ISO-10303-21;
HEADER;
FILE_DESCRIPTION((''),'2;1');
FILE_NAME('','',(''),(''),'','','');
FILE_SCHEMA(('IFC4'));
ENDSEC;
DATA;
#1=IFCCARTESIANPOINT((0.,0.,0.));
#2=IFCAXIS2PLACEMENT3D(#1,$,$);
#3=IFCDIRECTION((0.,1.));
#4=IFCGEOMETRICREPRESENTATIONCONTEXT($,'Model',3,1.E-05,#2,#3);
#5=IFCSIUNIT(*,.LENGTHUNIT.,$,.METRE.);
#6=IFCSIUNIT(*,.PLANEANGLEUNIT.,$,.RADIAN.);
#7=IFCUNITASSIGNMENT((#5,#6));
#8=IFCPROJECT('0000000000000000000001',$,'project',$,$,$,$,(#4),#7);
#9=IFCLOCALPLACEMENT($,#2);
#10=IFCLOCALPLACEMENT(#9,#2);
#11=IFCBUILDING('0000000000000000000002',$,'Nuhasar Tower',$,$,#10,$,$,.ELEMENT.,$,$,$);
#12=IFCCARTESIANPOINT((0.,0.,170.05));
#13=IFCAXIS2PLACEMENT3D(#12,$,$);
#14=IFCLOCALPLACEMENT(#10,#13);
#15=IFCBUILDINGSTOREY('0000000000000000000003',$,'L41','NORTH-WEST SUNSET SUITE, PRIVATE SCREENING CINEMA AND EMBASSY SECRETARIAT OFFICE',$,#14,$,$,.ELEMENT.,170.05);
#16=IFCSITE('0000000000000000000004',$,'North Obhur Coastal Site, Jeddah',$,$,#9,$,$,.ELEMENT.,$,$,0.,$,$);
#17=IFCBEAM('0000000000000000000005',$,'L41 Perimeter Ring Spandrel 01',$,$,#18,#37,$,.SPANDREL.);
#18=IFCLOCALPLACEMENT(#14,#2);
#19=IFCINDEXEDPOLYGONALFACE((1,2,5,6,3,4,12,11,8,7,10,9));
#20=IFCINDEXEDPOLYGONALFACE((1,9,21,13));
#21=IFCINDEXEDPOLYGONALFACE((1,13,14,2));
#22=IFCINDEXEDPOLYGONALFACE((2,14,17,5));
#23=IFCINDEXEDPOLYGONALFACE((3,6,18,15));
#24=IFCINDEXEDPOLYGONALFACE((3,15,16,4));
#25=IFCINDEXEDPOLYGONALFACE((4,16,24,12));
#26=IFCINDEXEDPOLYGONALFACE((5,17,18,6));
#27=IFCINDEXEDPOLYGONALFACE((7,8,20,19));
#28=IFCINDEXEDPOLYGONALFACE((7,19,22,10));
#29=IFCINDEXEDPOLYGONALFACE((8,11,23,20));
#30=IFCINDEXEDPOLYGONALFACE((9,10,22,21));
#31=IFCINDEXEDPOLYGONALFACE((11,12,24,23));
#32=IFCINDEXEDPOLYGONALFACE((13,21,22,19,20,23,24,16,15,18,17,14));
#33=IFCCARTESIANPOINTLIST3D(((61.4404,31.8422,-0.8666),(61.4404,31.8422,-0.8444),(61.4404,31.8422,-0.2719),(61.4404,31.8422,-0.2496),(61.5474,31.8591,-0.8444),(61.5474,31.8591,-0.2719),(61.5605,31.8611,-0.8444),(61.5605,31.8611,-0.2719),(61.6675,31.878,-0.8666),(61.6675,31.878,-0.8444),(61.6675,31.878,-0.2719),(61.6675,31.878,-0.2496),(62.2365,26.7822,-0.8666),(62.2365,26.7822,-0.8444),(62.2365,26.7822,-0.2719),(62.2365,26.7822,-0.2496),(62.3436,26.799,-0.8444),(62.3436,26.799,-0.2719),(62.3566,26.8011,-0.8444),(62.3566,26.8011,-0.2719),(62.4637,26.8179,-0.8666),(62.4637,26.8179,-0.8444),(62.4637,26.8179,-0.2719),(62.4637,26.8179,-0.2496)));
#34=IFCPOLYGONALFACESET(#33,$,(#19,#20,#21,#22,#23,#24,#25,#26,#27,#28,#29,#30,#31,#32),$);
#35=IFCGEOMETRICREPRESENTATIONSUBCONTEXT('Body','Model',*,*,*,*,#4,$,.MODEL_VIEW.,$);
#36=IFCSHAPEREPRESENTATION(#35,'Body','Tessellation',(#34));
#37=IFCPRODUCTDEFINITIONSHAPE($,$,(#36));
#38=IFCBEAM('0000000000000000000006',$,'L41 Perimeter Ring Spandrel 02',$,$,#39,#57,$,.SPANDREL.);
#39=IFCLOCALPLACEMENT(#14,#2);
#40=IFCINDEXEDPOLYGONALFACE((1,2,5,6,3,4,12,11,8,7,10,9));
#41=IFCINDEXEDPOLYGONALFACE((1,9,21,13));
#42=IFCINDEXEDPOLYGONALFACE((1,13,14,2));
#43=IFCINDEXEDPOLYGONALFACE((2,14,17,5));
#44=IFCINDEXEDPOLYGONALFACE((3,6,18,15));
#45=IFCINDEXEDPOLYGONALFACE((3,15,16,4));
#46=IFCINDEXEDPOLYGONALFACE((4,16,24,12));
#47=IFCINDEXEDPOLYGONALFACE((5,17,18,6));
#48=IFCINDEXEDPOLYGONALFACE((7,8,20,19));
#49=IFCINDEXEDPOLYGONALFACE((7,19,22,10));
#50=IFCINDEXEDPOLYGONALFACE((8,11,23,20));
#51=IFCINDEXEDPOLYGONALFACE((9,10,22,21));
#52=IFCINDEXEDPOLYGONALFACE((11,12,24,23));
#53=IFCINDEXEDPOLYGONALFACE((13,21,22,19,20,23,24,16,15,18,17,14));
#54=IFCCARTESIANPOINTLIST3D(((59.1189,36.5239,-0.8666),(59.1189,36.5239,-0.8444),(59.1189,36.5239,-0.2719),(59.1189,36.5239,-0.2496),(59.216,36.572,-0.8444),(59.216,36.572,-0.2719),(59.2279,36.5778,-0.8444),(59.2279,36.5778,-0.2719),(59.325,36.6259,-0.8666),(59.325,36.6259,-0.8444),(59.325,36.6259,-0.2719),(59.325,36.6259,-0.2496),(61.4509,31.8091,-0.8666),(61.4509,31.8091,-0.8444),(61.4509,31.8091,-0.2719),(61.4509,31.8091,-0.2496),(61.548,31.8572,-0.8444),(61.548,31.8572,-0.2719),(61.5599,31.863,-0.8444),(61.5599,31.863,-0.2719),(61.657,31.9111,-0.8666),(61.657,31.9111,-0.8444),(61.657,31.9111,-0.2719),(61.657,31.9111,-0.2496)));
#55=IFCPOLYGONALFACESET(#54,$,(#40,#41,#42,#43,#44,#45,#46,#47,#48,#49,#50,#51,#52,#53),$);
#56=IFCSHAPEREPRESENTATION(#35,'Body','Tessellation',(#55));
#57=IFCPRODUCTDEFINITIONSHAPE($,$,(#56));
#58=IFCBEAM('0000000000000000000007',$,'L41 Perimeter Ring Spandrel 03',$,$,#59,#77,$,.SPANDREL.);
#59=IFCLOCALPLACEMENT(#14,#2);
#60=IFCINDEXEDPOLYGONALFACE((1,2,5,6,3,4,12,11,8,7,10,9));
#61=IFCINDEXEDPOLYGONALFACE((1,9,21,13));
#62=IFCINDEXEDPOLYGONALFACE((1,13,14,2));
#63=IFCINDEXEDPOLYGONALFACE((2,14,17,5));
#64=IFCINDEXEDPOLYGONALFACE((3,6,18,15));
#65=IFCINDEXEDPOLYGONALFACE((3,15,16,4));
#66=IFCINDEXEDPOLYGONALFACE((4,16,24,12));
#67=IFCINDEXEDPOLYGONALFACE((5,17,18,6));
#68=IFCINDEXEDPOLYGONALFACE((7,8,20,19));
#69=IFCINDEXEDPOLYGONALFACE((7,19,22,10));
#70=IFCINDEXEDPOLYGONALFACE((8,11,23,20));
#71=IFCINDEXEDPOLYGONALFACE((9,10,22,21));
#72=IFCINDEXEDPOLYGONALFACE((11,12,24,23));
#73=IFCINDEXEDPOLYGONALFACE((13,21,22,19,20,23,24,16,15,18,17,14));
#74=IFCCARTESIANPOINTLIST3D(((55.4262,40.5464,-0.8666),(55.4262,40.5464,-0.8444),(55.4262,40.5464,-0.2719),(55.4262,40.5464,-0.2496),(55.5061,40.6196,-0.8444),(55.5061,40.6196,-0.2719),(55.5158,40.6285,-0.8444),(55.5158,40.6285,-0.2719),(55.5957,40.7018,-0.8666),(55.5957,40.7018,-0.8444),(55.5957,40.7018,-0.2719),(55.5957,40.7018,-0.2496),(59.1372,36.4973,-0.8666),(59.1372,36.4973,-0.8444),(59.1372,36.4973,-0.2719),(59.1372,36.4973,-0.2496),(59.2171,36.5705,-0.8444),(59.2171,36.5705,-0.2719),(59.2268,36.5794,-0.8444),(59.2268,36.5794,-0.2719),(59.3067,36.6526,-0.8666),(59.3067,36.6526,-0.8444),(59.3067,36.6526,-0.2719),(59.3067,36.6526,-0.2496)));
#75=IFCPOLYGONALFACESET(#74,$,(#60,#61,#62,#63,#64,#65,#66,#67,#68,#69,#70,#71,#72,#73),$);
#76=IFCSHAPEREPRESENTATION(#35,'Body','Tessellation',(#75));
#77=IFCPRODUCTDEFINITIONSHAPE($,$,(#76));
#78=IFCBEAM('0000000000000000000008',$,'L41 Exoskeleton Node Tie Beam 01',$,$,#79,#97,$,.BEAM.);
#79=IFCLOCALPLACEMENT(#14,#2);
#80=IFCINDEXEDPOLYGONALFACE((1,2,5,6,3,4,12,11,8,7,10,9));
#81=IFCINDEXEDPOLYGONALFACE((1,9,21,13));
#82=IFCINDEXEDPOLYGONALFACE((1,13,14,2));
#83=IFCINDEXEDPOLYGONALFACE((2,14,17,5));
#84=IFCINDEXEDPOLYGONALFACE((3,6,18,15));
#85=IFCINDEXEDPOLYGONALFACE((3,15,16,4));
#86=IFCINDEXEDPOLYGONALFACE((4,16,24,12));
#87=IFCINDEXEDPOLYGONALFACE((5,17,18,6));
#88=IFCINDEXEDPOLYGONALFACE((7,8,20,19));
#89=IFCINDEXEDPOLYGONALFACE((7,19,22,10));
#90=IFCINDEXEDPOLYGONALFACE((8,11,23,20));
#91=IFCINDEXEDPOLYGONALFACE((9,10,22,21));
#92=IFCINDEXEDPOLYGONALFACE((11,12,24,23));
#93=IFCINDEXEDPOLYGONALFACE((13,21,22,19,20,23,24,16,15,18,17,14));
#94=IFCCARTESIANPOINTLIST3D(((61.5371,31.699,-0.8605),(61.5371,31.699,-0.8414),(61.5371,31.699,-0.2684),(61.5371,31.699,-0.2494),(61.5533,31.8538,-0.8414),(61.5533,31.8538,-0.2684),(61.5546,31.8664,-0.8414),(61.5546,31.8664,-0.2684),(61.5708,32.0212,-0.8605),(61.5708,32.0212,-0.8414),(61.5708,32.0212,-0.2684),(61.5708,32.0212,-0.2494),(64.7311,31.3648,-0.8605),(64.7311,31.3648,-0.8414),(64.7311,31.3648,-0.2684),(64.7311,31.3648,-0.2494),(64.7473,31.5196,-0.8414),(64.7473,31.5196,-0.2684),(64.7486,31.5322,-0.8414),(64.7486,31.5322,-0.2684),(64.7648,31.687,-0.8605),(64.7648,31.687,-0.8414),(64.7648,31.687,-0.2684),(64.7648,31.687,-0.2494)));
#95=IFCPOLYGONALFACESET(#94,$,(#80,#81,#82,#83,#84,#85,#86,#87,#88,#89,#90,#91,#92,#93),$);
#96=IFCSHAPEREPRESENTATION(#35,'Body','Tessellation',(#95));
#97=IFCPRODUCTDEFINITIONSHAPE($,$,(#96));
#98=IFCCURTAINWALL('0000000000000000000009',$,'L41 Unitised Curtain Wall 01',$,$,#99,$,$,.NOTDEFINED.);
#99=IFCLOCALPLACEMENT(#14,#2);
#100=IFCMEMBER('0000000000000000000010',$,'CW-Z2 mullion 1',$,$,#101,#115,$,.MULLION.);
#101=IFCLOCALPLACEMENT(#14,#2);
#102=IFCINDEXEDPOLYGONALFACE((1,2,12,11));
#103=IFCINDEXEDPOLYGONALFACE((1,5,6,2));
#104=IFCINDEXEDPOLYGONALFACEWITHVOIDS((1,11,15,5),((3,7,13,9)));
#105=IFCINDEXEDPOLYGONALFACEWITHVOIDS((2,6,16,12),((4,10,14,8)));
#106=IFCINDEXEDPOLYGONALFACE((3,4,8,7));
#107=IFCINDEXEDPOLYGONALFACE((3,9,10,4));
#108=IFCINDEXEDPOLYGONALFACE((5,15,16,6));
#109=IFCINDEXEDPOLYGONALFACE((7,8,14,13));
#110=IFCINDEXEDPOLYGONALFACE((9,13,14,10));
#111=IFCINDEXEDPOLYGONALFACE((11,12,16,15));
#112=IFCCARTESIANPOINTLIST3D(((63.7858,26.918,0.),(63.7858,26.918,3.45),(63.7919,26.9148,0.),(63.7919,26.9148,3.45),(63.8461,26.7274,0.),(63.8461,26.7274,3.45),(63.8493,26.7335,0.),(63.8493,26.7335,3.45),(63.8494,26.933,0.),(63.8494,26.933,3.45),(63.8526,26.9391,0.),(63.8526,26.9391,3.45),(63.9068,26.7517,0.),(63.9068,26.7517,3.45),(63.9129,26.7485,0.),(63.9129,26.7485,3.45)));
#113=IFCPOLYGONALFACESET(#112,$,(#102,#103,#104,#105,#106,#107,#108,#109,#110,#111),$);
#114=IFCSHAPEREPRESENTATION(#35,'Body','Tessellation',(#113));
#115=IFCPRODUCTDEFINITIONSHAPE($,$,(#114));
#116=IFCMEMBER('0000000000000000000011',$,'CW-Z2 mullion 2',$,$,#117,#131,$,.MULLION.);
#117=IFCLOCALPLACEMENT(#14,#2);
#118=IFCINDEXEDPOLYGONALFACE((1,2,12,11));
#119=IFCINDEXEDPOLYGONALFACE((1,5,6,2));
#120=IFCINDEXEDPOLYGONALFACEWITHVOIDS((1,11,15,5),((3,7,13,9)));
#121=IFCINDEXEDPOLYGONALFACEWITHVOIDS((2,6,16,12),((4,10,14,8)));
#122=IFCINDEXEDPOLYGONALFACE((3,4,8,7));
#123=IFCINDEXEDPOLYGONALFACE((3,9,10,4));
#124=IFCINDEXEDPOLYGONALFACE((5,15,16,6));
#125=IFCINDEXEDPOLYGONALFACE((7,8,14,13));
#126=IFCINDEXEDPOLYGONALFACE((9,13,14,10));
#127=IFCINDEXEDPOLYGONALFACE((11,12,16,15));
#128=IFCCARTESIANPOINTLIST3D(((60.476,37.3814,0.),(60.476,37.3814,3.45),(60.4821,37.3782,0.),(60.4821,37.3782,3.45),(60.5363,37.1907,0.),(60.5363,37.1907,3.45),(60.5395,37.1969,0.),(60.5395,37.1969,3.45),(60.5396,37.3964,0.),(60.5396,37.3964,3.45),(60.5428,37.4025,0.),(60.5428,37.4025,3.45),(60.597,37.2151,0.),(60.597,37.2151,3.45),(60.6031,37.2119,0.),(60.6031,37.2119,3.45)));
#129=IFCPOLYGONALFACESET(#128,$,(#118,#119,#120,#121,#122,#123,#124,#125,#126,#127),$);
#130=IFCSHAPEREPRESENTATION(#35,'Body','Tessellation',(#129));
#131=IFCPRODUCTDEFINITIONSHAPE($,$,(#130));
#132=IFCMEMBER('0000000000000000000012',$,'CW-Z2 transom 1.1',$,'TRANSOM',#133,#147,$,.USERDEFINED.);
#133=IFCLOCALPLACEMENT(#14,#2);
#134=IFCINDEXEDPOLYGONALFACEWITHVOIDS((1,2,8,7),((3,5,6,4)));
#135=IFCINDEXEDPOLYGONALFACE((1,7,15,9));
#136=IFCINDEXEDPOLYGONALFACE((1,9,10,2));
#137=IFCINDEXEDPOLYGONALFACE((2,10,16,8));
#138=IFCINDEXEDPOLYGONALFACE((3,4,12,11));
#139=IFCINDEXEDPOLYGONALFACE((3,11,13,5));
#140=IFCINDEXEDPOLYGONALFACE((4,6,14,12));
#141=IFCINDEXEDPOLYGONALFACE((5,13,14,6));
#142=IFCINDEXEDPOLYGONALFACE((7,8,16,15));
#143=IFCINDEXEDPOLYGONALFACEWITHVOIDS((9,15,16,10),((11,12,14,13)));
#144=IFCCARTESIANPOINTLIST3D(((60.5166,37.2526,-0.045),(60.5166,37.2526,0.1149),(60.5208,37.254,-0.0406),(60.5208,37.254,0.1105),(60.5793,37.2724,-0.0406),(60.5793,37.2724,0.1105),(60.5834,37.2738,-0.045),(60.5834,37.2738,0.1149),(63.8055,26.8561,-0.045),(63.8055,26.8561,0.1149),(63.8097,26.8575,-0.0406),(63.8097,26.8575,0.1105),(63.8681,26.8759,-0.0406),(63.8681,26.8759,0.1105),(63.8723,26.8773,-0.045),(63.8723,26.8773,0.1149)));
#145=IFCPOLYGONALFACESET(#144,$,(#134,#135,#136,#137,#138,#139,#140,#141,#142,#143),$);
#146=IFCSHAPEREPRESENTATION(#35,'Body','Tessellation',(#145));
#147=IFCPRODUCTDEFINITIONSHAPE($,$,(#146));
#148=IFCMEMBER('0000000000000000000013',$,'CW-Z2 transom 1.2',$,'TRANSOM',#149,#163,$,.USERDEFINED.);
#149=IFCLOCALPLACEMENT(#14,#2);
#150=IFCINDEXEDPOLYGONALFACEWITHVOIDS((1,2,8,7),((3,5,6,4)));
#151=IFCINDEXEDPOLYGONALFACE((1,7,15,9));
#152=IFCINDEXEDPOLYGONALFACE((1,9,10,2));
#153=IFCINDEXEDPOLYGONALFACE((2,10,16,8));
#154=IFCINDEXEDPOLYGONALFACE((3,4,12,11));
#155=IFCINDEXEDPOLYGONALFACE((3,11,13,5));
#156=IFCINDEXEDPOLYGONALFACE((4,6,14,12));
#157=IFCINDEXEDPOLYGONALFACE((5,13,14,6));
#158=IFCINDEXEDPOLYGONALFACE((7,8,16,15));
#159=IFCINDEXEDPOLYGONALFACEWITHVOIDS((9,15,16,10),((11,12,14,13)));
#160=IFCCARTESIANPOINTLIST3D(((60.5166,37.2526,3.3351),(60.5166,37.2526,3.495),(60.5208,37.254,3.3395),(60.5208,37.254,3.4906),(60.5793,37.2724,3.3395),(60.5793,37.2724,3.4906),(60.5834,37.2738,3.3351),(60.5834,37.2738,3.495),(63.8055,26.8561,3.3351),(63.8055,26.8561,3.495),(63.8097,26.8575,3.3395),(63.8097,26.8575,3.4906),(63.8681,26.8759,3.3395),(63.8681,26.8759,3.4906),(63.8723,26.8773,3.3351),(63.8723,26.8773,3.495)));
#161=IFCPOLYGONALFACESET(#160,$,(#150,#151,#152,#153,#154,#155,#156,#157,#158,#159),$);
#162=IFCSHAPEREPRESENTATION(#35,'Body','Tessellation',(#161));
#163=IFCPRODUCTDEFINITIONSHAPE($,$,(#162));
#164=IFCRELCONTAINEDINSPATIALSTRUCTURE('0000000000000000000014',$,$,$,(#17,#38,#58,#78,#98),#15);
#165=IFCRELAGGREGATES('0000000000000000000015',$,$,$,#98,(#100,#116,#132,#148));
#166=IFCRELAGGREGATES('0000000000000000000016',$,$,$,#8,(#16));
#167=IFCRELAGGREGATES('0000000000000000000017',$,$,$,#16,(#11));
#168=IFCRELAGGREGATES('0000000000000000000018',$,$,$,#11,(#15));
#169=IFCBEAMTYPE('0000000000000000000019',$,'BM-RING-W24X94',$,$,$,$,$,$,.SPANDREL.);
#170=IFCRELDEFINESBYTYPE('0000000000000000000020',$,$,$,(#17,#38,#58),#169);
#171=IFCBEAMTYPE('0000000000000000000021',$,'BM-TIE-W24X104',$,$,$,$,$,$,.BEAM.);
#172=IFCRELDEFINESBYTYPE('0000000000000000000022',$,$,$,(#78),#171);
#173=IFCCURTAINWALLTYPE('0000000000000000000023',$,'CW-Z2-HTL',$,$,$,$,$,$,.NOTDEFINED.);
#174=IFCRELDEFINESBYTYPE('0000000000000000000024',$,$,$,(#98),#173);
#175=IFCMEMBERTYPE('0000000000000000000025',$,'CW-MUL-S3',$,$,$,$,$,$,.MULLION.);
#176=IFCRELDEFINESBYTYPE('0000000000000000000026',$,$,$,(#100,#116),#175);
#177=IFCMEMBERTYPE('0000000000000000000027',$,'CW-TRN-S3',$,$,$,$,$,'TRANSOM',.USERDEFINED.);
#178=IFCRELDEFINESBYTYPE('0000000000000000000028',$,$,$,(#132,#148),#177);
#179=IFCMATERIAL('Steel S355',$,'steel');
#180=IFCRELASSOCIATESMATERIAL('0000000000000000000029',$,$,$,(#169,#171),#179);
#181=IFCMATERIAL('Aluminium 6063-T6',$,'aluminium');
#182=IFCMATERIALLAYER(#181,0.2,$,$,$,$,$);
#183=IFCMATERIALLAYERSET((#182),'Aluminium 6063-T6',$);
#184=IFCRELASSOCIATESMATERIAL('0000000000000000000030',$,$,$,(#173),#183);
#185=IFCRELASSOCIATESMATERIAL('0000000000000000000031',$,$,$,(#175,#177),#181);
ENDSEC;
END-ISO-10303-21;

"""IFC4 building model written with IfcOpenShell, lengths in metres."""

from ifc_helpers import new_model, si_unit, direction, frame, origin, origin_2d, place, context, subcontext, project, spatial, hollow_rectangle, i_section, extrude, material, layer, layer_set, material_profile, profile_set, type_object, element, aggregate, save


model = new_model("IFC4")

# Units and contexts
model_context = context("Model", 3, precision=1e-05, world=origin(), true_north=direction((0.0, 1.0)))
body_context = subcontext(model_context, "Body", "Model", "MODEL_VIEW")
ifc_project = project(units=[si_unit("LENGTHUNIT", "METRE"), si_unit("PLANEANGLEUNIT", "RADIAN")], contexts=[model_context])

# Site, building, storey
site_placement = place(None, origin())
site = spatial("IfcSite", under=ifc_project, at=site_placement, Name="North Obhur Coastal Site, Jeddah", CompositionType="ELEMENT", RefElevation=0.0)
building_placement = place(site_placement, origin())
building = spatial("IfcBuilding", under=site, at=building_placement, Name="Nuhasar Tower", CompositionType="ELEMENT")
storey_placement = place(building_placement, frame((0.0, 0.0, 170.05)))
storey = spatial("IfcBuildingStorey", under=building, at=storey_placement, Name="L41", Description="NORTH-WEST SUNSET SUITE, PRIVATE SCREENING CINEMA AND EMBASSY SECRETARIAT OFFICE", CompositionType="ELEMENT", Elevation=170.05)

# Beams
ifc_material_1 = material(Name="Steel S355", Category="steel")
ifc_material_profile_1 = material_profile(ifc_material_1, i_section(OverallWidth=0.23, OverallDepth=0.6169, WebThickness=0.0132, FlangeThickness=0.0222, at=origin_2d()), Name="W24X94")
ifc_profile_set_1 = profile_set([ifc_material_profile_1], Name="Steel S355")
beam_type_1 = type_object("IfcBeamType", Name="BM-RING-W24X94", PredefinedType="SPANDREL", material=ifc_profile_set_1)
beam_1_placement = place(storey_placement, frame((62.3501, 26.8, -0.5581), z_axis=(-0.155427, 0.987847, 0.0), x_axis=(-0.987847, -0.155427, 0.0)))
element("IfcBeam", 1, at=beam_1_placement, inside=storey, type_object=beam_type_1, Name="L41 Perimeter Ring Spandrel 01", PredefinedType="SPANDREL", context=body_context, shape_type="SweptSolid", body=[
    extrude(i_section(OverallWidth=0.23, OverallDepth=0.6169, WebThickness=0.0132, FlangeThickness=0.0222, at=origin_2d()), origin(), (0.0, 0.0, 1.0), 5.1223),
])
beam_2_placement = place(storey_placement, frame((61.554, 31.8601, -0.5581), z_axis=(-0.443348, 0.89635, 0.0), x_axis=(-0.89635, -0.443348, 0.0)))
element("IfcBeam", 2, at=beam_2_placement, inside=storey, type_object=beam_type_1, Name="L41 Perimeter Ring Spandrel 02", PredefinedType="SPANDREL", context=body_context, shape_type="SweptSolid", body=[
    extrude(i_section(OverallWidth=0.23, OverallDepth=0.6169, WebThickness=0.0132, FlangeThickness=0.0222, at=origin_2d()), origin(), (0.0, 0.0, 1.0), 5.26),
])
beam_3_placement = place(storey_placement, frame((59.2219, 36.575, -0.5581), z_axis=(-0.675654, 0.737219, 0.0), x_axis=(-0.737219, -0.675654, 0.0)))
element("IfcBeam", 3, at=beam_3_placement, inside=storey, type_object=beam_type_1, Name="L41 Perimeter Ring Spandrel 03", PredefinedType="SPANDREL", context=body_context, shape_type="SweptSolid", body=[
    extrude(i_section(OverallWidth=0.23, OverallDepth=0.6169, WebThickness=0.0132, FlangeThickness=0.0222, at=origin_2d()), origin(), (0.0, 0.0, 1.0), 5.4924),
])
ifc_material_profile_2 = material_profile(ifc_material_1, i_section(OverallWidth=0.324, OverallDepth=0.6111, WebThickness=0.0127, FlangeThickness=0.019, at=origin_2d()), Name="W24X104")
ifc_profile_set_2 = profile_set([ifc_material_profile_2], Name="Steel S355")
beam_type_2 = type_object("IfcBeamType", Name="BM-TIE-W24X104", PredefinedType="BEAM", material=ifc_profile_set_2)
beam_4_placement = place(storey_placement, frame((61.554, 31.8601, -0.5549), z_axis=(0.99457, -0.104071, 0.0), x_axis=(0.104071, 0.99457, 0.0)))
element("IfcBeam", 4, at=beam_4_placement, inside=storey, type_object=beam_type_2, Name="L41 Exoskeleton Node Tie Beam 01", PredefinedType="BEAM", context=body_context, shape_type="SweptSolid", body=[
    extrude(i_section(OverallWidth=0.324, OverallDepth=0.6111, WebThickness=0.0127, FlangeThickness=0.019, at=origin_2d()), origin(), (0.0, 0.0, 1.0), 3.2114),
])

# Curtain wall, members
ifc_material_2 = material(Name="Aluminium 6063-T6", Category="aluminium")
ifc_layer_1 = layer(ifc_material_2, 0.2)
ifc_layer_set_1 = layer_set([ifc_layer_1], Name="Aluminium 6063-T6")
curtain_wall_type = type_object("IfcCurtainWallType", Name="CW-Z2-HTL", PredefinedType="NOTDEFINED", material=ifc_layer_set_1)
curtain_wall_placement = place(storey_placement, origin())
curtain_wall = element("IfcCurtainWall", 5, at=curtain_wall_placement, inside=storey, type_object=curtain_wall_type, Name="L41 Unitised Curtain Wall 01", PredefinedType="NOTDEFINED")
ifc_material_profile_3 = material_profile(ifc_material_2, hollow_rectangle(XDim=0.0701, YDim=0.2, WallThickness=0.0049, at=origin_2d()), Name="CWM-3")
ifc_profile_set_3 = profile_set([ifc_material_profile_3], Name="Aluminium 6063-T6")
member_type_1 = type_object("IfcMemberType", Name="CW-MUL-S3", PredefinedType="MULLION", material=ifc_profile_set_3)
member_1_placement = place(storey_placement, frame((63.8494, 26.8333, 0.0), z_axis=(0.0, 0.0, 1.0), x_axis=(-0.953433, -0.301604, 0.0)))
member_1 = element("IfcMember", 6, at=member_1_placement, type_object=member_type_1, Name="CW-Z2 mullion 1", PredefinedType="MULLION", context=body_context, shape_type="SweptSolid", body=[
    extrude(hollow_rectangle(XDim=0.0701, YDim=0.2, WallThickness=0.0049, at=origin_2d()), origin(), (0.0, 0.0, 1.0), 3.45),
])
member_2_placement = place(storey_placement, frame((60.5396, 37.2966, 0.0), z_axis=(0.0, 0.0, 1.0), x_axis=(-0.953433, -0.301604, 0.0)))
member_2 = element("IfcMember", 7, at=member_2_placement, type_object=member_type_1, Name="CW-Z2 mullion 2", PredefinedType="MULLION", context=body_context, shape_type="SweptSolid", body=[
    extrude(hollow_rectangle(XDim=0.0701, YDim=0.2, WallThickness=0.0049, at=origin_2d()), origin(), (0.0, 0.0, 1.0), 3.45),
])
ifc_material_profile_4 = material_profile(ifc_material_2, hollow_rectangle(XDim=0.0701, YDim=0.1599, WallThickness=0.0044, at=origin_2d()), Name="CWT-3")
ifc_profile_set_4 = profile_set([ifc_material_profile_4], Name="Aluminium 6063-T6")
member_type_2 = type_object("IfcMemberType", Name="CW-TRN-S3", ElementType="TRANSOM", PredefinedType="USERDEFINED", material=ifc_profile_set_4)
member_3_placement = place(storey_placement, frame((63.8389, 26.8667, 0.0349), z_axis=(-0.301608, 0.953432, 0.0), x_axis=(-0.953432, -0.301608, 0.0)))
member_3 = element("IfcMember", 8, at=member_3_placement, type_object=member_type_2, Name="CW-Z2 transom 1.1", ObjectType="TRANSOM", PredefinedType="USERDEFINED", context=body_context, shape_type="SweptSolid", body=[
    extrude(hollow_rectangle(XDim=0.0701, YDim=0.1599, WallThickness=0.0044, at=origin_2d()), origin(), (0.0, 0.0, 1.0), 10.9043),
])
member_4_placement = place(storey_placement, frame((63.8389, 26.8667, 3.415), z_axis=(-0.301608, 0.953432, 0.0), x_axis=(-0.953432, -0.301608, 0.0)))
member_4 = element("IfcMember", 9, at=member_4_placement, type_object=member_type_2, Name="CW-Z2 transom 1.2", ObjectType="TRANSOM", PredefinedType="USERDEFINED", context=body_context, shape_type="SweptSolid", body=[
    extrude(hollow_rectangle(XDim=0.0701, YDim=0.1599, WallThickness=0.0044, at=origin_2d()), origin(), (0.0, 0.0, 1.0), 10.9043),
])

aggregate(curtain_wall, [member_1, member_2, member_3, member_4])

save(model, "model.ifc")
